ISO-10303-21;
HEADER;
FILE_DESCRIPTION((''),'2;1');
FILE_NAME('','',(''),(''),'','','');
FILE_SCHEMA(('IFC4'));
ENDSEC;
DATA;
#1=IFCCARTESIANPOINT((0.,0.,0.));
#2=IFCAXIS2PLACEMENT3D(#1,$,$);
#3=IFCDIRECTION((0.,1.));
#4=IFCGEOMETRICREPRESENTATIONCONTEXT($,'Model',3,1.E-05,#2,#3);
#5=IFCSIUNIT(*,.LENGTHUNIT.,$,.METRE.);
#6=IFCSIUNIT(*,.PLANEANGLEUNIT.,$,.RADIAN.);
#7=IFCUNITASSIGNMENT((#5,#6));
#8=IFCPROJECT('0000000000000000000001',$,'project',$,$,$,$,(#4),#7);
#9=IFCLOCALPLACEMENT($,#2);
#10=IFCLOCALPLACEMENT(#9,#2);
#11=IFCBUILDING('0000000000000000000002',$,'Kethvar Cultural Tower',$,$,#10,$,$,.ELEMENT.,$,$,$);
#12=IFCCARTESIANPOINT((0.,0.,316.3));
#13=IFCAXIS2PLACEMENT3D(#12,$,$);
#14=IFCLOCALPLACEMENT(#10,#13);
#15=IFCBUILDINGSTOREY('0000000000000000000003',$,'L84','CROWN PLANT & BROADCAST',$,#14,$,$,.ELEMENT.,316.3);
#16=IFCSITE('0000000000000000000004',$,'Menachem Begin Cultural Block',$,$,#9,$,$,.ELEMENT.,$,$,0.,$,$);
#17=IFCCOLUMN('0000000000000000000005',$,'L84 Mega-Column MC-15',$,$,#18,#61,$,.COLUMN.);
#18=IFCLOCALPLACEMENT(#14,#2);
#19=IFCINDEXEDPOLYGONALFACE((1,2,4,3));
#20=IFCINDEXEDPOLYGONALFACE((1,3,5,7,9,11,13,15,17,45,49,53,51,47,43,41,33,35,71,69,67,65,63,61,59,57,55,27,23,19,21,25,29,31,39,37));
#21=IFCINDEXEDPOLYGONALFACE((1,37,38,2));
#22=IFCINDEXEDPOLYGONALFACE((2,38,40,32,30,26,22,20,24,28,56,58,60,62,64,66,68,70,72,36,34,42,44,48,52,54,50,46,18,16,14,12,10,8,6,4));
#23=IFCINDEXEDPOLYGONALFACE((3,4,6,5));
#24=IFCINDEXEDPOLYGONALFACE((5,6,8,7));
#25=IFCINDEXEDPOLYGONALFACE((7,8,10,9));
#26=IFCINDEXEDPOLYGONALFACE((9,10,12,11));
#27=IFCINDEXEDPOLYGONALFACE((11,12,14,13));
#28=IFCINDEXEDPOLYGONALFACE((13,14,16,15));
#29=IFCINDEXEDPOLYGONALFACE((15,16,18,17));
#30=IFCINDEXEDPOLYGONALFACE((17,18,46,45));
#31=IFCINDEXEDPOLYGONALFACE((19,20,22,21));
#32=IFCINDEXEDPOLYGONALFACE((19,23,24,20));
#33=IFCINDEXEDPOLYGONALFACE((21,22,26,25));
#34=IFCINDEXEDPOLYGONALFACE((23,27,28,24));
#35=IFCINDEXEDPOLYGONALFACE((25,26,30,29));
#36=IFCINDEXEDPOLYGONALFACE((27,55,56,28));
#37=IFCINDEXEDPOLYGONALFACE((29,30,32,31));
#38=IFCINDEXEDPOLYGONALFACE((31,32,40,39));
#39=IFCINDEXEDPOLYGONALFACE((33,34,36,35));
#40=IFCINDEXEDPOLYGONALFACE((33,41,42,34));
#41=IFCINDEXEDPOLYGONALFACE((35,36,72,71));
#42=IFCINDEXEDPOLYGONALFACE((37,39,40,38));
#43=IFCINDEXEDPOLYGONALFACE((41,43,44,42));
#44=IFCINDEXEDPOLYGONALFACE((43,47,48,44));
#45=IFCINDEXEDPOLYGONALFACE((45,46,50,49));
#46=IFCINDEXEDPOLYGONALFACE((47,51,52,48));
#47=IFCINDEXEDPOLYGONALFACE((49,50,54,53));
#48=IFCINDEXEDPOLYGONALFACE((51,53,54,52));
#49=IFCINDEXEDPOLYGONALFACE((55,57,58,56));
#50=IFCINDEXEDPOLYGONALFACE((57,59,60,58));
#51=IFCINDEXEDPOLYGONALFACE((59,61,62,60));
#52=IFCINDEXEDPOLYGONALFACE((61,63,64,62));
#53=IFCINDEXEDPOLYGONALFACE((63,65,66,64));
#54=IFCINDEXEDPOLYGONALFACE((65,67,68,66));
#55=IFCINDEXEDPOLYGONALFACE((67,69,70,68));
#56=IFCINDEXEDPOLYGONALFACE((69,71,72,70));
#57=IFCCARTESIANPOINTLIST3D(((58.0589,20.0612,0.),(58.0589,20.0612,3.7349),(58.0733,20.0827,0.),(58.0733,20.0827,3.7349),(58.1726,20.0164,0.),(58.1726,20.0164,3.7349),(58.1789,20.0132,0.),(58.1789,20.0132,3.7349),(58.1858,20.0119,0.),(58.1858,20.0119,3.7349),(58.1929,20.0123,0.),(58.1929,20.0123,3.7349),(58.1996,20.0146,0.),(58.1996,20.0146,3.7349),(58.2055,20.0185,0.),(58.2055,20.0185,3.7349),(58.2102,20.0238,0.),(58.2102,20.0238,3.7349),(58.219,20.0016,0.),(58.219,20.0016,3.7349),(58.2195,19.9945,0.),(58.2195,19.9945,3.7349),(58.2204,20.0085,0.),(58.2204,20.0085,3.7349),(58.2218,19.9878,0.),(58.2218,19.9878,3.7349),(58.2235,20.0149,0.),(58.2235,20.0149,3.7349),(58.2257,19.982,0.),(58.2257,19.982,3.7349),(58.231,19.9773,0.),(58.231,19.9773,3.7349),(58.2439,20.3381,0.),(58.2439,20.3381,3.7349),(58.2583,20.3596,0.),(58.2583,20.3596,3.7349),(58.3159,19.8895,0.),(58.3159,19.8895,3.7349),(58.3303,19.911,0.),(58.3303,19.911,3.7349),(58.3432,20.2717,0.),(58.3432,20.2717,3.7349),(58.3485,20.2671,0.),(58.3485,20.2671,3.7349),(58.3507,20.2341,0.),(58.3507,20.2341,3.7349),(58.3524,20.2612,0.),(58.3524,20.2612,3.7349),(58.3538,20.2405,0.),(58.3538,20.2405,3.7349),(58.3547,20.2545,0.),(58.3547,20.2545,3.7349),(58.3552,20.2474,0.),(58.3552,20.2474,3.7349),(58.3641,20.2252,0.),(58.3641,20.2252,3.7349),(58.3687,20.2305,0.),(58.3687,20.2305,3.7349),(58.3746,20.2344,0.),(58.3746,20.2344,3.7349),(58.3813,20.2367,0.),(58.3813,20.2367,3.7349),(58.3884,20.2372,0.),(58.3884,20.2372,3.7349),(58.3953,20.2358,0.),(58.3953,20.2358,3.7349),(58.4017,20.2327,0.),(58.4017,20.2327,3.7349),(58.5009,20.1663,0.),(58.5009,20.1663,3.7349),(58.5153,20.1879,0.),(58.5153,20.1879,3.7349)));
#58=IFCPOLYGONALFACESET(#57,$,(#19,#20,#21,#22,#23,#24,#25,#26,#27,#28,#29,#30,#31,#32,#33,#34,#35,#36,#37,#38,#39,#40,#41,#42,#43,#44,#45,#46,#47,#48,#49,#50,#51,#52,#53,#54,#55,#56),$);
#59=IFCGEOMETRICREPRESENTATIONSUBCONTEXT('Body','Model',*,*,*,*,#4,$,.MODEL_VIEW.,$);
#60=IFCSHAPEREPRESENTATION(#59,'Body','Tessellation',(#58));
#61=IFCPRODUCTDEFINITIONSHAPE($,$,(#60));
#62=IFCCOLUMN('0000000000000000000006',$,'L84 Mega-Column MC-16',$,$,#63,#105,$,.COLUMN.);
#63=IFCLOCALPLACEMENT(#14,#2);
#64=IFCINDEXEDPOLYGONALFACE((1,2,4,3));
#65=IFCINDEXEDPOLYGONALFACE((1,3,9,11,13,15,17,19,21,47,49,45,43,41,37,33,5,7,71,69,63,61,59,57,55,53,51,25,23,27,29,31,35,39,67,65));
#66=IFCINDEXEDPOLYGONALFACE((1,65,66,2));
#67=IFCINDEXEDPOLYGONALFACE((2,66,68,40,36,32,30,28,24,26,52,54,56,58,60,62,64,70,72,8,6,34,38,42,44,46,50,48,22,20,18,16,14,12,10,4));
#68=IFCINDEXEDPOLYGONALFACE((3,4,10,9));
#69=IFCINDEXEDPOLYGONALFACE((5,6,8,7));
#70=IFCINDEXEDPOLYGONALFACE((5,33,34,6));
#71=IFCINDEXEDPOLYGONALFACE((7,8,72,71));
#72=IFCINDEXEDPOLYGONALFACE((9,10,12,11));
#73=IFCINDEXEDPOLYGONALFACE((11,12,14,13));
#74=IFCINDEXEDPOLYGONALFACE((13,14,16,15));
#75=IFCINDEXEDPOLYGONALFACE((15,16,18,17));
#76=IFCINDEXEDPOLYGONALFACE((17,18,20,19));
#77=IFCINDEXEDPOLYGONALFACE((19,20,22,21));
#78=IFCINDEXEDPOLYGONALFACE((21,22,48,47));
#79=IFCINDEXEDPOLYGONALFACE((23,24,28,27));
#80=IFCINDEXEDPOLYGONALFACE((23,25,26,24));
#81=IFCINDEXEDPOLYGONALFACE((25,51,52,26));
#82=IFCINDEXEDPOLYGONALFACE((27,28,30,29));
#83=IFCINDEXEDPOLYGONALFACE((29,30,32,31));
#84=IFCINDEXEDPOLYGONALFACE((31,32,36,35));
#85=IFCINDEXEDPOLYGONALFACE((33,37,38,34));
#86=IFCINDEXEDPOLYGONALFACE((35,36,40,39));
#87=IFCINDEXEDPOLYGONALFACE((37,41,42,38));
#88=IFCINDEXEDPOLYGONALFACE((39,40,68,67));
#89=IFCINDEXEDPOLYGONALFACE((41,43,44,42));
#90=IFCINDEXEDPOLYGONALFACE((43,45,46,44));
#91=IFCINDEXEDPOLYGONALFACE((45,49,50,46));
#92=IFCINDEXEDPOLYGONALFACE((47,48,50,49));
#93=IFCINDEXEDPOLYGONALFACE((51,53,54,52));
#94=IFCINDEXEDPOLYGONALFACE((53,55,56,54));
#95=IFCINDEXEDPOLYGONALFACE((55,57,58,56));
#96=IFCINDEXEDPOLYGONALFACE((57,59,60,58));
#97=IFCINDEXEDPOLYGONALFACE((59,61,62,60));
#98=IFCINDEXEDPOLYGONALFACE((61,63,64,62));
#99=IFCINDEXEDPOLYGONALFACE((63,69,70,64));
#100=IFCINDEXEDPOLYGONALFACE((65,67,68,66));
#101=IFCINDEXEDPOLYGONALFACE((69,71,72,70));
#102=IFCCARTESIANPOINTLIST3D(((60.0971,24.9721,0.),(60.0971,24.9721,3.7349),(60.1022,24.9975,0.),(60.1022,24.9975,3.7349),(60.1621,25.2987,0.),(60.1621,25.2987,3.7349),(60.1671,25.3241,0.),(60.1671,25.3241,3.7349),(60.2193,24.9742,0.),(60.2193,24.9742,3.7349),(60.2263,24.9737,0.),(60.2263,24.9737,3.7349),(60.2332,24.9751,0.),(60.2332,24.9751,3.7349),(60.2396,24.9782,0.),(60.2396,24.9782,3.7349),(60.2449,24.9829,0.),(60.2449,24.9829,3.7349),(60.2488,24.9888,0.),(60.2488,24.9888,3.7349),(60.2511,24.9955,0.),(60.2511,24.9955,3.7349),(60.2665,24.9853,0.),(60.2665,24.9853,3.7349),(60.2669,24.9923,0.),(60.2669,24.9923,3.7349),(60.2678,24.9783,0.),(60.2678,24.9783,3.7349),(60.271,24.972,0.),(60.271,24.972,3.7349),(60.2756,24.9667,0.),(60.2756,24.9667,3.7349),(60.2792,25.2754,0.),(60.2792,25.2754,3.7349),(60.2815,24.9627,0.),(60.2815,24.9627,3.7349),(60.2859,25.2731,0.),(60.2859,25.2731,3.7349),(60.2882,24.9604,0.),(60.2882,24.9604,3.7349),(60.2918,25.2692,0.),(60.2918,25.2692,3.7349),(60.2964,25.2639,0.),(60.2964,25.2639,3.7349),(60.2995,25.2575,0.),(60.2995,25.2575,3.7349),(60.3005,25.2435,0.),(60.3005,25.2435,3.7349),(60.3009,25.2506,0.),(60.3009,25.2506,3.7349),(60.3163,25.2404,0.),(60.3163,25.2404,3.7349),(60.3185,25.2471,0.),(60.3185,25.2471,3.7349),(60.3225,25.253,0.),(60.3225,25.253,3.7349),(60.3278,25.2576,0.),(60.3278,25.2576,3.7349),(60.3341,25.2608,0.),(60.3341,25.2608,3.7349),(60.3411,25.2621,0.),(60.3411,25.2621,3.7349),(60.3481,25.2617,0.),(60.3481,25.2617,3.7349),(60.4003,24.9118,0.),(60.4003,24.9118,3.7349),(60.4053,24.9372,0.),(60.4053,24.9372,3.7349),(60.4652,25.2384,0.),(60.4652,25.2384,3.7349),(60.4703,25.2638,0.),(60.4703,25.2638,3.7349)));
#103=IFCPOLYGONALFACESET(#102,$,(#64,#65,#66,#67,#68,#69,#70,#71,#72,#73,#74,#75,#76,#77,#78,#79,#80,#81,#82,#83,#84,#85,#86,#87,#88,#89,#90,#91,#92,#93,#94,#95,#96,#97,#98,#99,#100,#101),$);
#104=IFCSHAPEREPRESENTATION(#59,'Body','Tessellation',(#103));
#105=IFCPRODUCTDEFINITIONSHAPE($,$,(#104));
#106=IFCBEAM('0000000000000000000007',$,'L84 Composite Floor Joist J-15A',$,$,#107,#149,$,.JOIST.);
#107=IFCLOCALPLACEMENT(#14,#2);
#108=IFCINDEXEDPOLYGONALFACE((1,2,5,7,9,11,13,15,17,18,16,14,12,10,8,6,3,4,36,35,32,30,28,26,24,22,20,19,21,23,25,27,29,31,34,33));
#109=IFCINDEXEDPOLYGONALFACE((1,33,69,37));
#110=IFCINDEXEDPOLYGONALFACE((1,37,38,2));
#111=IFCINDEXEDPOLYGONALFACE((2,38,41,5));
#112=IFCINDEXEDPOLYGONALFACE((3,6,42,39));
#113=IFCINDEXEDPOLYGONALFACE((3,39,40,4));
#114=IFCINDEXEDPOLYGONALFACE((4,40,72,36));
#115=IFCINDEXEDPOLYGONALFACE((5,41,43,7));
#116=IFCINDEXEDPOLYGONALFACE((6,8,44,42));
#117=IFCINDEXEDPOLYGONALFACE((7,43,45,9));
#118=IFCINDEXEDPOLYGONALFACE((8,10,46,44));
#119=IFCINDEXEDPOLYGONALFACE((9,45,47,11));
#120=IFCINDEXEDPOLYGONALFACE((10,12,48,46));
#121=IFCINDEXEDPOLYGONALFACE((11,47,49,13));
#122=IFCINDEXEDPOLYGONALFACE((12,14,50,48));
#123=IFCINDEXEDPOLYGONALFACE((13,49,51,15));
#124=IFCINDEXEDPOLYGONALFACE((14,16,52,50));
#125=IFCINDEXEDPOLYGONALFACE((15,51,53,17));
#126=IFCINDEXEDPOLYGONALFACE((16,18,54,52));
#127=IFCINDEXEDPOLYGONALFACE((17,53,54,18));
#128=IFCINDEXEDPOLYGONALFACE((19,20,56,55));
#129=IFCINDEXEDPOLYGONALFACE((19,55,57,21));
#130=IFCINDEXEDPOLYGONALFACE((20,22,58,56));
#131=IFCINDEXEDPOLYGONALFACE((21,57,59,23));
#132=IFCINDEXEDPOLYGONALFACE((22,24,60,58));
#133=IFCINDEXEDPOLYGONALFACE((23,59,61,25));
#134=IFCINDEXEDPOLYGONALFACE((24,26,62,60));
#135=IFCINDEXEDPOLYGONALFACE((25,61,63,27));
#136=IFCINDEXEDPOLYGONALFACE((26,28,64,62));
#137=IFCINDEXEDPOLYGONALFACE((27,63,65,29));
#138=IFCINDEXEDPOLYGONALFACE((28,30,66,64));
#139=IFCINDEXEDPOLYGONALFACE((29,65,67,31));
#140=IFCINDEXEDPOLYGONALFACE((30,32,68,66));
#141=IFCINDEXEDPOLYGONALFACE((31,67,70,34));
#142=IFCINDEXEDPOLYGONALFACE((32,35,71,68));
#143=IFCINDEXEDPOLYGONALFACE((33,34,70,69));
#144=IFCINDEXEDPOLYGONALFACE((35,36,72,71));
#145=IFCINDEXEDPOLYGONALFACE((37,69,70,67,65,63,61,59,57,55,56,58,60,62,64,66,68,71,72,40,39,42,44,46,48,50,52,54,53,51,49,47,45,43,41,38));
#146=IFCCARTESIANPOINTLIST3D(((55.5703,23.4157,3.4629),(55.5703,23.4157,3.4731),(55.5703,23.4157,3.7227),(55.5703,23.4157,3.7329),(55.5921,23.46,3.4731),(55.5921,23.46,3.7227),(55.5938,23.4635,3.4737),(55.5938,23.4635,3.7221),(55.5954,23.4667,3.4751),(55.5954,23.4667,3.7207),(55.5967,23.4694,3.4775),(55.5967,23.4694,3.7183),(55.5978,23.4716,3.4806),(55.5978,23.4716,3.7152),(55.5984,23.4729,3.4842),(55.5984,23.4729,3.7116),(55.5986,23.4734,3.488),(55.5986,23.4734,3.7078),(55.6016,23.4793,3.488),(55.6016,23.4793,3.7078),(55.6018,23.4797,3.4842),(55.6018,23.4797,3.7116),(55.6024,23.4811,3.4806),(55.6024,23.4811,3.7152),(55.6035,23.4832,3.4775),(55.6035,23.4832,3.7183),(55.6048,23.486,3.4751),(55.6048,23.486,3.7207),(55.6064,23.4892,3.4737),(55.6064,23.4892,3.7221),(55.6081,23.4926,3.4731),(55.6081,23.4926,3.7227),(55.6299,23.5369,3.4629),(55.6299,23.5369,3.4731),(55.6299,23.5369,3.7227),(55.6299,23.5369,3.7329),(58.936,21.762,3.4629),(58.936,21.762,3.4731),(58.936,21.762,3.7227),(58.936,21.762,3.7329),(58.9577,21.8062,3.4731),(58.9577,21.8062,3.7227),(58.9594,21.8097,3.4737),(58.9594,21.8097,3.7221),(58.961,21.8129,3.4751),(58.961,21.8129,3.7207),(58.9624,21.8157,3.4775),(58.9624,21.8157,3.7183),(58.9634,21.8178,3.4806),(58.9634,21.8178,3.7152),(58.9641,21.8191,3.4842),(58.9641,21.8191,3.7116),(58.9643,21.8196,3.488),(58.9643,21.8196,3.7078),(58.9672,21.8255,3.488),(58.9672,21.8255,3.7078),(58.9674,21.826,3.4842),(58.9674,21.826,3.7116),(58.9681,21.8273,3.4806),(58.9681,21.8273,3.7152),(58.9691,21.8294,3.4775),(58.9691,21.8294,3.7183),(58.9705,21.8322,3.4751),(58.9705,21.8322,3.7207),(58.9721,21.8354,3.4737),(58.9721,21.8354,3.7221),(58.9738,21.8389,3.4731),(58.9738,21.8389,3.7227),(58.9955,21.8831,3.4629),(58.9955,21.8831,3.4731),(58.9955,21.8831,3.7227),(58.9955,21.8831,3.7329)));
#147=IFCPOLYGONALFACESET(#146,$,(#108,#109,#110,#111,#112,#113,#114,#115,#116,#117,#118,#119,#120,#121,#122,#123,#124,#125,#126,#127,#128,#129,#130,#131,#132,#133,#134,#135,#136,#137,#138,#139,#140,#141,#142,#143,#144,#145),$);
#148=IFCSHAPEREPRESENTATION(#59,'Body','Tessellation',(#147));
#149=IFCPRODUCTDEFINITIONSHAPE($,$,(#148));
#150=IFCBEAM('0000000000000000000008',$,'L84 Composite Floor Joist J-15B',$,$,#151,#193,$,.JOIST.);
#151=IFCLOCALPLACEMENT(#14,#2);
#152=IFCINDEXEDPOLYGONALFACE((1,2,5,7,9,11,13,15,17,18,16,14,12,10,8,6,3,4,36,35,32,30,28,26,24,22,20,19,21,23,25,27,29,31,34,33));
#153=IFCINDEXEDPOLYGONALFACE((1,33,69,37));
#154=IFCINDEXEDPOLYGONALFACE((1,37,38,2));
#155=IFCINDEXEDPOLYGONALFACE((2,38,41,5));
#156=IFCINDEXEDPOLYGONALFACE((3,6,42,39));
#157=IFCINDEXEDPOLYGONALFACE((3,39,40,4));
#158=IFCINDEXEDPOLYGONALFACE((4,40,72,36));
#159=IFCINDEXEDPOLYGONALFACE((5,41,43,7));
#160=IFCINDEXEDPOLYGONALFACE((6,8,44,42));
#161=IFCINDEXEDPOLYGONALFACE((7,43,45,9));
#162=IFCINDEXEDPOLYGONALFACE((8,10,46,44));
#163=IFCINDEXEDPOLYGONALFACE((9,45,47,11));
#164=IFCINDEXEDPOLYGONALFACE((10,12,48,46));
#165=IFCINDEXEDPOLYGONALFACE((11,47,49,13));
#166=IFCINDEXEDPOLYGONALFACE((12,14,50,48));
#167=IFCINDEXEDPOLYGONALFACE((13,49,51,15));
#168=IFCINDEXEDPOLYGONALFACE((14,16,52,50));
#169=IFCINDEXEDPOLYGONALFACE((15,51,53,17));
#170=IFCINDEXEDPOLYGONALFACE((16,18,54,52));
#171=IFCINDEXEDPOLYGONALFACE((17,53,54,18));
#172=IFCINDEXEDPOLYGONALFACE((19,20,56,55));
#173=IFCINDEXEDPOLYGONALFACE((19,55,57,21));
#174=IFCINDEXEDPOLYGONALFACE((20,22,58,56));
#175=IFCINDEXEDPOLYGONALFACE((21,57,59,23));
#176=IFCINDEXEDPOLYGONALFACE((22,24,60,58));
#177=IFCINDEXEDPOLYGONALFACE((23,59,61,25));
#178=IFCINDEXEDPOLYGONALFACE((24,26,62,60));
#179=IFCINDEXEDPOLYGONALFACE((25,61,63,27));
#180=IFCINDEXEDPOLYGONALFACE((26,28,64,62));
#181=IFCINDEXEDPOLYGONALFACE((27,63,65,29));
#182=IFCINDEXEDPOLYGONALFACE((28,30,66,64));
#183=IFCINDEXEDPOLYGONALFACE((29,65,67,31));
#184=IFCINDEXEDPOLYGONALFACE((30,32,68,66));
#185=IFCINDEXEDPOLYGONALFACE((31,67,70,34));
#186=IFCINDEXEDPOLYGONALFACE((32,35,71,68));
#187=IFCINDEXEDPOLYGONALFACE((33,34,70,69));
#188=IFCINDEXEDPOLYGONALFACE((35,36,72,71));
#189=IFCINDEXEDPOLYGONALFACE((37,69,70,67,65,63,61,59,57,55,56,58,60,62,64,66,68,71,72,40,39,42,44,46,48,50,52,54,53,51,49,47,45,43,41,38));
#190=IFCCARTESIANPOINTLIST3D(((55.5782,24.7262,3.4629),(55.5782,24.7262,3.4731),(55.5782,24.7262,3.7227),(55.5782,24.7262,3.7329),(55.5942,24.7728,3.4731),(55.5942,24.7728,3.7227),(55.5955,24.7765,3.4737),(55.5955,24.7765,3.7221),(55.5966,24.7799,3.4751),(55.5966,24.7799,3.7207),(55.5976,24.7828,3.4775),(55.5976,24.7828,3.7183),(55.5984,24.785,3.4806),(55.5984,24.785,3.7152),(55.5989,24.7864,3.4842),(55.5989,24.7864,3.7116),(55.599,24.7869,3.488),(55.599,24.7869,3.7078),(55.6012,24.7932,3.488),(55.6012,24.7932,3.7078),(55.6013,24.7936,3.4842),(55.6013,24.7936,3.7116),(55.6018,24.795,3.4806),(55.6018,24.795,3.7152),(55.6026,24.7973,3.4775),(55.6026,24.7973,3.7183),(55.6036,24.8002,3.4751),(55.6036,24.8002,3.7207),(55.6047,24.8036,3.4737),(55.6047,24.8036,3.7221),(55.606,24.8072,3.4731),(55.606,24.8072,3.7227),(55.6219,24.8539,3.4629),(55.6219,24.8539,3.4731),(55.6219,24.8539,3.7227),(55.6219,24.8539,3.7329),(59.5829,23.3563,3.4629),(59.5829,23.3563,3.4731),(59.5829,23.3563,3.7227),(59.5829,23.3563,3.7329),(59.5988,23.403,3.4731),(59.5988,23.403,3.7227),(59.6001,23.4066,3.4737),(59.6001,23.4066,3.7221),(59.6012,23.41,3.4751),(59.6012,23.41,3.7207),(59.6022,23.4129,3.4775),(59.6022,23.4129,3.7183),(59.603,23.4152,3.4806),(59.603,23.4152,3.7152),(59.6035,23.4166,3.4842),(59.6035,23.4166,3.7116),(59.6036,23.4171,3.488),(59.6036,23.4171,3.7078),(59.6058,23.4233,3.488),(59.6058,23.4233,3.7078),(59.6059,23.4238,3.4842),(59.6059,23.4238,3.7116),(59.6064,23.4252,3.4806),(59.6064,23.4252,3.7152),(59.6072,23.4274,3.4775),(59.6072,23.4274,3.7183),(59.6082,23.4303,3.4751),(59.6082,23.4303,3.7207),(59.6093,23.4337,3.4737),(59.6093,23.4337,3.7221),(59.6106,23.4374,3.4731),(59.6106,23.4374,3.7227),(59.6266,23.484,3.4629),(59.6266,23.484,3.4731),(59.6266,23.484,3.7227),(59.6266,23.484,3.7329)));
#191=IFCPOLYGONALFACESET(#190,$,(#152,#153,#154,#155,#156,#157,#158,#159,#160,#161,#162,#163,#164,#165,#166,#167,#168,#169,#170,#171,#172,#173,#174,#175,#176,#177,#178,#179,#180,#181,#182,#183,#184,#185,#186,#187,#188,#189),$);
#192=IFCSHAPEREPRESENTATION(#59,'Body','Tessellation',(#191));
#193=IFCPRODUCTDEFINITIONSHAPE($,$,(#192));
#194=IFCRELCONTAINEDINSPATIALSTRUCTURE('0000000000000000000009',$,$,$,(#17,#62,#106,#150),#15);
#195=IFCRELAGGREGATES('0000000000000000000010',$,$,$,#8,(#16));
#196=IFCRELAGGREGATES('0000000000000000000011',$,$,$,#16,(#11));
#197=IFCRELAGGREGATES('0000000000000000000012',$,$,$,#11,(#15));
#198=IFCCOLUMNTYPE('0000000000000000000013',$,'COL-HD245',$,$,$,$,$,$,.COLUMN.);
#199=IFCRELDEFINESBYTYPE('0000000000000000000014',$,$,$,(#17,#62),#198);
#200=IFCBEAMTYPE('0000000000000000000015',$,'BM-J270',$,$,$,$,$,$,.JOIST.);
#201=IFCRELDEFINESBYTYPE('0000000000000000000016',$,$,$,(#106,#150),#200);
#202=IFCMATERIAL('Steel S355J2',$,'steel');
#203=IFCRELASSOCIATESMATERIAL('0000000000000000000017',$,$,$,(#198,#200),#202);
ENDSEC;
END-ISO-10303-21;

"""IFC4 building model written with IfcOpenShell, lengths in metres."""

from ifc_helpers import new_model, si_unit, direction, frame, origin, origin_2d, place, context, subcontext, project, spatial, i_section, extrude, source, transform, mapped, material, material_profile, profile_set, type_object, element, save


model = new_model("IFC4")

# Units and contexts
model_context = context("Model", 3, precision=1e-05, world=origin(), true_north=direction((0.0, 1.0)))
body_context = subcontext(model_context, "Body", "Model", "MODEL_VIEW")
ifc_project = project(units=[si_unit("LENGTHUNIT", "METRE"), si_unit("PLANEANGLEUNIT", "RADIAN")], contexts=[model_context])

# Site, building, storey
site_placement = place(None, origin())
site = spatial("IfcSite", under=ifc_project, at=site_placement, Name="Menachem Begin Cultural Block", CompositionType="ELEMENT", RefElevation=0.0)
building_placement = place(site_placement, origin())
building = spatial("IfcBuilding", under=site, at=building_placement, Name="Kethvar Cultural Tower", CompositionType="ELEMENT")
storey_placement = place(building_placement, frame((0.0, 0.0, 316.3)))
storey = spatial("IfcBuildingStorey", under=building, at=storey_placement, Name="L84", Description="CROWN PLANT & BROADCAST", CompositionType="ELEMENT", Elevation=316.3)

# Columns
ifc_material_1 = material(Name="Steel S355J2", Category="steel")
ifc_material_profile_1 = material_profile(ifc_material_1, i_section(OverallWidth=0.3091, OverallDepth=0.3589, WebThickness=0.0161, FlangeThickness=0.0259, FilletRadius=0.0271, at=origin_2d()), Name="Steel S355J2 — HD320x245")
ifc_profile_set_1 = profile_set([ifc_material_profile_1], Name="Steel S355J2 — HD320x245")
column_type = type_object("IfcColumnType", Name="COL-HD245", PredefinedType="COLUMN", material=ifc_profile_set_1)
shared_shape_1 = source(origin(), body_context, "Body", "SweptSolid", [
    extrude(i_section(OverallWidth=0.3091, OverallDepth=0.3589, WebThickness=0.0161, FlangeThickness=0.0259, FilletRadius=0.0271, at=origin_2d()), origin(), (0.0, 0.0, 1.0), 3.7349),
])
for number, where, z_axis, x_axis, name in (
    (1, (58.2871, 20.1245, 0.0), (0.0, 0.0, 1.0), (0.83147, -0.55557, 0.0), "L84 Mega-Column MC-15"),
    (2, (60.2837, 25.1179, 0.0), (0.0, 0.0, 1.0), (0.980785, -0.19509, 0.0), "L84 Mega-Column MC-16"),
):
    element("IfcColumn", number, at=place(storey_placement, frame(where, z_axis=z_axis, x_axis=x_axis)), inside=storey, type_object=column_type, Name=name, PredefinedType="COLUMN", context=body_context, shape_type="MappedRepresentation", body=[
        mapped(shared_shape_1, transform((0.0, 0.0, 0.0), scale=1.0)),
    ])

# Beams
ifc_material_profile_2 = material_profile(ifc_material_1, i_section(OverallWidth=0.135, OverallDepth=0.27, WebThickness=0.0066, FlangeThickness=0.0103, FilletRadius=0.0149, at=origin_2d()), Name="Steel S355J2 — IPE270")
ifc_profile_set_2 = profile_set([ifc_material_profile_2], Name="Steel S355J2 — IPE270")
beam_type_1 = type_object("IfcBeamType", Name="BM-J270", PredefinedType="JOIST", material=ifc_profile_set_2)
shared_shape_2 = source(origin(), body_context, "Body", "SweptSolid", [
    extrude(i_section(OverallWidth=0.135, OverallDepth=0.27, WebThickness=0.0066, FlangeThickness=0.0103, FilletRadius=0.0149, at=origin_2d()), origin(), (0.0, 0.0, 1.0), 3.75),
])
beam_1_placement = place(storey_placement, frame((55.6001, 23.4763, 3.5979), z_axis=(0.897505, -0.441005, 0.0), x_axis=(0.441005, 0.897505, 0.0)))
element("IfcBeam", 3, at=beam_1_placement, inside=storey, type_object=beam_type_1, Name="L84 Composite Floor Joist J-15A", PredefinedType="JOIST", context=body_context, shape_type="MappedRepresentation", body=[
    mapped(shared_shape_2, transform((0.0, 0.0, 0.0), scale=1.0)),
])
shared_shape_3 = source(origin(), body_context, "Body", "SweptSolid", [
    extrude(i_section(OverallWidth=0.135, OverallDepth=0.27, WebThickness=0.0066, FlangeThickness=0.0103, FilletRadius=0.0149, at=origin_2d()), origin(), (0.0, 0.0, 1.0), 4.2324),
])
beam_2_placement = place(storey_placement, frame((55.6001, 24.79, 3.5979), z_axis=(0.946174, -0.323659, 0.0), x_axis=(0.323659, 0.946174, 0.0)))
element("IfcBeam", 4, at=beam_2_placement, inside=storey, type_object=beam_type_1, Name="L84 Composite Floor Joist J-15B", PredefinedType="JOIST", context=body_context, shape_type="MappedRepresentation", body=[
    mapped(shared_shape_3, transform((0.0, 0.0, 0.0), scale=1.0)),
])

save(model, "model.ifc")
